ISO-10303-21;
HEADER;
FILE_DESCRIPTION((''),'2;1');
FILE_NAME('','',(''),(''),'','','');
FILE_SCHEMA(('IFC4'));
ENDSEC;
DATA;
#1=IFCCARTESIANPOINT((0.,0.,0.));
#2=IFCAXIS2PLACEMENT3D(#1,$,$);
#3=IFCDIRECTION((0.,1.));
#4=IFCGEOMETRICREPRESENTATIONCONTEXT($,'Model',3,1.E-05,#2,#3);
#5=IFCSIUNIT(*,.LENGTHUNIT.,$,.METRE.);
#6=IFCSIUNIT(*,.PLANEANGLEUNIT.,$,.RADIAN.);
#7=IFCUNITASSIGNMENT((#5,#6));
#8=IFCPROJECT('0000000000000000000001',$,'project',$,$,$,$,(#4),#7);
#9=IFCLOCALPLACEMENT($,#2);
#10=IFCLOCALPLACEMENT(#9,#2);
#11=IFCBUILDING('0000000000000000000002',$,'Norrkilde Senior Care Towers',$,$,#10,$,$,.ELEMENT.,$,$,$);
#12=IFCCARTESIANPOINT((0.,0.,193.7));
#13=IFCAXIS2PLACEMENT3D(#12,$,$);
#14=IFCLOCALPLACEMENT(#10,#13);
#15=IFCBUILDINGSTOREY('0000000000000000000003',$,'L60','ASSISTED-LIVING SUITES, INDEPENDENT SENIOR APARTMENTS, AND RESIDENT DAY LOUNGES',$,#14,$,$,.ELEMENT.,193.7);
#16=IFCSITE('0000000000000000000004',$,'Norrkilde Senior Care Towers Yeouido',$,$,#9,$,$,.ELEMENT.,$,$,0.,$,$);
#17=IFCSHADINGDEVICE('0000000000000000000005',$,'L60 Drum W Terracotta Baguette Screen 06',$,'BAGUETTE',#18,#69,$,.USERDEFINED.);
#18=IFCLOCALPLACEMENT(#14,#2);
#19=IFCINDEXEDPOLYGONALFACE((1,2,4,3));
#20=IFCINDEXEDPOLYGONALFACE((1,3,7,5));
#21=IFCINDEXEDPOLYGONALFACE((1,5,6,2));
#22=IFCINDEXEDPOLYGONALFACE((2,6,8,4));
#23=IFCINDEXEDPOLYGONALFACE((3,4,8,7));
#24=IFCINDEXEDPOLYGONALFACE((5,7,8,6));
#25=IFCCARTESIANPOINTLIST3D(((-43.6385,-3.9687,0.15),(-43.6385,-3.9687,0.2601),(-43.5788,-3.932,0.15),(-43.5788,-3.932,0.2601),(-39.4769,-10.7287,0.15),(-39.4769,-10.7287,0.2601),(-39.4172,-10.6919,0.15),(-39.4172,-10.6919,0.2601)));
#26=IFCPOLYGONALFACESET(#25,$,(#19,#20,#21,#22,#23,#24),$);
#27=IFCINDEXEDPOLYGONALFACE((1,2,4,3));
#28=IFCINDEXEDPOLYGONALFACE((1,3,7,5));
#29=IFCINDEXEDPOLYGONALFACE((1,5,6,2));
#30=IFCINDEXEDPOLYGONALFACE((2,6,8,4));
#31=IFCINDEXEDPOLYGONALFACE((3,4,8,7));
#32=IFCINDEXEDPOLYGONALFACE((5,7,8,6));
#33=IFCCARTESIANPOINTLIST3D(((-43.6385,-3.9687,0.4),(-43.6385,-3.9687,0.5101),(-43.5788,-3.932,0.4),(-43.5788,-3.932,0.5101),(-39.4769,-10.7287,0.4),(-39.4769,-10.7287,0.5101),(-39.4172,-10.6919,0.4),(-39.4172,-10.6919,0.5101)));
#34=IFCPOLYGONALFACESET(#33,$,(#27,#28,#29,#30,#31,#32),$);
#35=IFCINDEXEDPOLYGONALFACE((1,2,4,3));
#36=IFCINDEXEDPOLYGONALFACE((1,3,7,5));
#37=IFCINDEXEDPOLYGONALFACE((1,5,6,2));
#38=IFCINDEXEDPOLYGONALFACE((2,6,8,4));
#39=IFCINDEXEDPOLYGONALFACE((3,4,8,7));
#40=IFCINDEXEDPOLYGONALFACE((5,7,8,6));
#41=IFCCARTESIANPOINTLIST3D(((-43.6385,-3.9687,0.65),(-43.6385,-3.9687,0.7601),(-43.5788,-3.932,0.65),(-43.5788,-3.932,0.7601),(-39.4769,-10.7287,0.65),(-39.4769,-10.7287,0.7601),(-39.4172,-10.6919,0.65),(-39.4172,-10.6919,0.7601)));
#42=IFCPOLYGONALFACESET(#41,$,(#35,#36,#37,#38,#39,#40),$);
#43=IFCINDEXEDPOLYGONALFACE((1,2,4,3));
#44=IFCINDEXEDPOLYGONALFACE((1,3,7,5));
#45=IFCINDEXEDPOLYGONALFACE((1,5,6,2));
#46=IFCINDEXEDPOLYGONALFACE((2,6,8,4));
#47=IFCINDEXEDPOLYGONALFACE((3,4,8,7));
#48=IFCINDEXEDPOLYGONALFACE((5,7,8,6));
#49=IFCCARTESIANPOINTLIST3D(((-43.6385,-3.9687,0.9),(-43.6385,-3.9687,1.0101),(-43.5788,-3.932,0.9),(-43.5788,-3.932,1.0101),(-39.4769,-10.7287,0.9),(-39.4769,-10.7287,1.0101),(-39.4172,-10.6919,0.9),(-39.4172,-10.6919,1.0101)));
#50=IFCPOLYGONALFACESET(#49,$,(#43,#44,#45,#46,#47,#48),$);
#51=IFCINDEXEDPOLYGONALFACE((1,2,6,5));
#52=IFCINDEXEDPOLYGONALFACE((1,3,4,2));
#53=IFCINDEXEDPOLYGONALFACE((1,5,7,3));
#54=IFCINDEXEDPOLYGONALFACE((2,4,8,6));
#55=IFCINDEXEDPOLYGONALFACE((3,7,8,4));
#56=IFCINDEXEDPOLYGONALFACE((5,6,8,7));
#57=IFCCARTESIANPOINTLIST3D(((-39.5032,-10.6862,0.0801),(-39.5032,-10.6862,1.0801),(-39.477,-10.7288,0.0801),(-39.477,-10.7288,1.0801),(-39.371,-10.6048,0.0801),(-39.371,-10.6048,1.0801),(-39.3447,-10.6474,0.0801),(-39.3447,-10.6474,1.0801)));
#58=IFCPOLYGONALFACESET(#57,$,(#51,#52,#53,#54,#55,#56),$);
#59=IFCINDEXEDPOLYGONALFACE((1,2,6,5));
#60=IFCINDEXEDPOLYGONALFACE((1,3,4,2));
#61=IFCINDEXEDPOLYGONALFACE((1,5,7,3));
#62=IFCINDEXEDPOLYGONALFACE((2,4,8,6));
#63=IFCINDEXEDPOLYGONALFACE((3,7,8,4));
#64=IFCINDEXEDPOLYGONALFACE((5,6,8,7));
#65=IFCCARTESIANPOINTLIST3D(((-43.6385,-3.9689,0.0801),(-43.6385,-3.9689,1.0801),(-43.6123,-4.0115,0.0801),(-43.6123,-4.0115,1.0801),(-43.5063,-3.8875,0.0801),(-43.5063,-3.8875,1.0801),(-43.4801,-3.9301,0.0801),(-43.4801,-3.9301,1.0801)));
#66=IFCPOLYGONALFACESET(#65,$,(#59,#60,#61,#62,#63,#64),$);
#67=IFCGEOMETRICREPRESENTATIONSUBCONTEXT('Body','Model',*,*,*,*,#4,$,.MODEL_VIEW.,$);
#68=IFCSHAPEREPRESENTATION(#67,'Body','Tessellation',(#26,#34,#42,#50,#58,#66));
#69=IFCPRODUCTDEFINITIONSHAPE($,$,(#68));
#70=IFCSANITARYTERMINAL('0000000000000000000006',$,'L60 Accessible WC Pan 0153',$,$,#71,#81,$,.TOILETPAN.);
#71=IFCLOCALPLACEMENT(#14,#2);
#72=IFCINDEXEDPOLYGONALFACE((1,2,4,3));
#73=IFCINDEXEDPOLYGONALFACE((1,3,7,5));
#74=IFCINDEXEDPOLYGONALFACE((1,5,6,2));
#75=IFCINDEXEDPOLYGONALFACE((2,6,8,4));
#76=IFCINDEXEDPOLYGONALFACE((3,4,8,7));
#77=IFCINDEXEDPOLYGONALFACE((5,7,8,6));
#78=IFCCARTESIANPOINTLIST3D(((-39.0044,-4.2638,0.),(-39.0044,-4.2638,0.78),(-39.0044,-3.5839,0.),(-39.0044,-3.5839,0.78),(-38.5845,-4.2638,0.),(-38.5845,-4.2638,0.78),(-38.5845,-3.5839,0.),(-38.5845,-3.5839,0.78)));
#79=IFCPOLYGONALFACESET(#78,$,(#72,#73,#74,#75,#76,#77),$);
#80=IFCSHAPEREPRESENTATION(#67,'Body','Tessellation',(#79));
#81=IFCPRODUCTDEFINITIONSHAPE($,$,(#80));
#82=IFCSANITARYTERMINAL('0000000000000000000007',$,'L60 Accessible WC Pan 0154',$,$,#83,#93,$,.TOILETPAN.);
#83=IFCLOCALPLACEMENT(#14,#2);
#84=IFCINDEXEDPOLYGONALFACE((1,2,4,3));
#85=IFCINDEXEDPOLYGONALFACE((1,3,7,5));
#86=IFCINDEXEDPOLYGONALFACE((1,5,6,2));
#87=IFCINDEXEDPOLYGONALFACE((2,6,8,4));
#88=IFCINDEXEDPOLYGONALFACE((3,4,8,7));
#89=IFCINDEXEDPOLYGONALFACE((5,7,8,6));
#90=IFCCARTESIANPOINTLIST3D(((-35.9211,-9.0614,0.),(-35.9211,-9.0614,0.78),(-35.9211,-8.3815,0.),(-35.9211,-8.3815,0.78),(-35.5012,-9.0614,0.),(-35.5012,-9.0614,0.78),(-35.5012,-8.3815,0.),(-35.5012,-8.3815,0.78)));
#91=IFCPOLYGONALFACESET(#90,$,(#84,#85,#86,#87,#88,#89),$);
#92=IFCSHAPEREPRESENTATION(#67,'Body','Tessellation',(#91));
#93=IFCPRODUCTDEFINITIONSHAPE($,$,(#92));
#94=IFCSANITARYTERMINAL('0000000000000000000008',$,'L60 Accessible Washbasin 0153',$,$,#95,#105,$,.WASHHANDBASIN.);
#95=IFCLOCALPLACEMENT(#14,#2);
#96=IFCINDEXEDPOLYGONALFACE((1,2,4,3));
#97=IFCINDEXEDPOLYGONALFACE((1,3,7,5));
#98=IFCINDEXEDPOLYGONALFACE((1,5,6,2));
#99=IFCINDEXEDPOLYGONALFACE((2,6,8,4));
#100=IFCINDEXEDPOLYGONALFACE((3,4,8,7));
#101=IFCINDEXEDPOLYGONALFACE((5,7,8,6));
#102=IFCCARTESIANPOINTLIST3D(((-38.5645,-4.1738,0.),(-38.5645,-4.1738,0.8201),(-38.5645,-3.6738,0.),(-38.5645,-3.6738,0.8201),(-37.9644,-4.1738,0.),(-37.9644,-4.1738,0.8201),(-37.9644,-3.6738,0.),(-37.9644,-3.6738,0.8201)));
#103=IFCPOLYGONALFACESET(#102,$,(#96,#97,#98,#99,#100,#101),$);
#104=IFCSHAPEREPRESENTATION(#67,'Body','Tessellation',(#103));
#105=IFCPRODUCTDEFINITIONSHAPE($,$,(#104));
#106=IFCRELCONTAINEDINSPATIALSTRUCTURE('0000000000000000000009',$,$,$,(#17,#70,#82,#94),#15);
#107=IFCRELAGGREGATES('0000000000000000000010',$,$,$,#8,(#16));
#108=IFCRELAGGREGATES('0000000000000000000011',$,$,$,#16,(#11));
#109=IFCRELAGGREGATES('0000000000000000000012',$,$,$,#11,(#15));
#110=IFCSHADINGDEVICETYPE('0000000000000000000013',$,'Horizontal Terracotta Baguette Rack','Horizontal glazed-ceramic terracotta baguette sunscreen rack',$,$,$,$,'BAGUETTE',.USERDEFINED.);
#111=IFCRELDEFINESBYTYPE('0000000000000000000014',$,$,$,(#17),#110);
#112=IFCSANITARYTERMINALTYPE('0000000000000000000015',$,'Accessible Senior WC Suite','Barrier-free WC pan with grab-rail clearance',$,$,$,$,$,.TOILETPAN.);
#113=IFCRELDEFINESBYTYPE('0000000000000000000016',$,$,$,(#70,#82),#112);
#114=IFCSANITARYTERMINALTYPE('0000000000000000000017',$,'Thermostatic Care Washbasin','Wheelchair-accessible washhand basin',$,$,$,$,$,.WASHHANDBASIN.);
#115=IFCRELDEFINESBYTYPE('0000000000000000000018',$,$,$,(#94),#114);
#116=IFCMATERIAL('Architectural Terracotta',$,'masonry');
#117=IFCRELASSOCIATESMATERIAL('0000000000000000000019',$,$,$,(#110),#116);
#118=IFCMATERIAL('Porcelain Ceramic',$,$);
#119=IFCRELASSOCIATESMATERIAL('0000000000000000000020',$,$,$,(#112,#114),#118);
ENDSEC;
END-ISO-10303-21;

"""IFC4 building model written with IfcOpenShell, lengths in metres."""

from ifc_helpers import new_model, si_unit, direction, frame, origin, origin_2d, place, context, subcontext, project, spatial, rectangle, extrude, source, transform, mapped, material, type_object, type_shapes, element, save


model = new_model("IFC4")

# Units and contexts
model_context = context("Model", 3, precision=1e-05, world=origin(), true_north=direction((0.0, 1.0)))
body_context = subcontext(model_context, "Body", "Model", "MODEL_VIEW")
ifc_project = project(units=[si_unit("LENGTHUNIT", "METRE"), si_unit("PLANEANGLEUNIT", "RADIAN")], contexts=[model_context])

# Site, building, storey
site_placement = place(None, origin())
site = spatial("IfcSite", under=ifc_project, at=site_placement, Name="Norrkilde Senior Care Towers Yeouido", CompositionType="ELEMENT", RefElevation=0.0)
building_placement = place(site_placement, origin())
building = spatial("IfcBuilding", under=site, at=building_placement, Name="Norrkilde Senior Care Towers", CompositionType="ELEMENT")
storey_placement = place(building_placement, frame((0.0, 0.0, 193.7)))
storey = spatial("IfcBuildingStorey", under=building, at=storey_placement, Name="L60", Description="ASSISTED-LIVING SUITES, INDEPENDENT SENIOR APARTMENTS, AND RESIDENT DAY LOUNGES", CompositionType="ELEMENT", Elevation=193.7)

# Shading device
ifc_material_1 = material(Name="Architectural Terracotta", Category="masonry")
shading_device_type = type_object("IfcShadingDeviceType", Name="Horizontal Terracotta Baguette Rack", Description="Horizontal glazed-ceramic terracotta baguette sunscreen rack", ElementType="BAGUETTE", PredefinedType="USERDEFINED", material=ifc_material_1)
shared_shape_1 = source(origin(), body_context, "Body", "SweptSolid", [
    extrude(rectangle(XDim=0.0701, YDim=0.1101, at=origin_2d()), frame((0.0, 0.0901, 0.125), z_axis=(1.0, 0.0, 0.0), x_axis=(0.0, 1.0, 0.0)), (0.0, 0.0, 1.0), 7.9382),
    extrude(rectangle(XDim=0.0701, YDim=0.1101, at=origin_2d()), frame((0.0, 0.0901, 0.375), z_axis=(1.0, 0.0, 0.0), x_axis=(0.0, 1.0, 0.0)), (0.0, 0.0, 1.0), 7.9382),
    extrude(rectangle(XDim=0.0701, YDim=0.1101, at=origin_2d()), frame((0.0, 0.0901, 0.625), z_axis=(1.0, 0.0, 0.0), x_axis=(0.0, 1.0, 0.0)), (0.0, 0.0, 1.0), 7.9382),
    extrude(rectangle(XDim=0.0701, YDim=0.1101, at=origin_2d()), frame((0.0, 0.0901, 0.875), z_axis=(1.0, 0.0, 0.0), x_axis=(0.0, 1.0, 0.0)), (0.0, 0.0, 1.0), 7.9382),
    extrude(rectangle(XDim=0.05, YDim=0.1553, at=origin_2d()), frame((0.0249, 0.0476, 0.0)), (0.0, 0.0, 1.0), 1.0),
    extrude(rectangle(XDim=0.05, YDim=0.1553, at=origin_2d()), frame((7.9131, 0.0476, 0.0)), (0.0, 0.0, 1.0), 1.0),
])
type_shapes(shading_device_type, [shared_shape_1])
shading_device_placement = place(storey_placement, frame((-39.3704, -10.6631, 0.0801), z_axis=(0.0, 0.0, 1.0), x_axis=(-0.52425, 0.851576, 0.0)))
element("IfcShadingDevice", 1, at=shading_device_placement, inside=storey, type_object=shading_device_type, Name="L60 Drum W Terracotta Baguette Screen 06", ObjectType="BAGUETTE", PredefinedType="USERDEFINED", context=body_context, shape_type="MappedRepresentation", body=[
    mapped(shared_shape_1, transform((0.0, 0.0, 0.0), x_axis=(1.0, 0.0, 0.0), y_axis=(0.0, 1.0, 0.0), z_axis=(0.0, 0.0, 1.0), scale=1.0)),
])

# Sanitary terminals
ifc_material_2 = material(Name="Porcelain Ceramic")
sanitary_terminal_type_1 = type_object("IfcSanitaryTerminalType", Name="Accessible Senior WC Suite", Description="Barrier-free WC pan with grab-rail clearance", PredefinedType="TOILETPAN", material=ifc_material_2)
shared_shape_2 = source(origin(), body_context, "Body", "SweptSolid", [
    extrude(rectangle(XDim=0.4199, YDim=0.6799, at=origin_2d()), origin(), (0.0, 0.0, 1.0), 0.78),
])
type_shapes(sanitary_terminal_type_1, [shared_shape_2])
for number, where, z_axis, x_axis, name in (
    (2, (-38.7944, -3.9238, 0.0), (0.0, 0.0, 1.0), (1.0, 0.0, 0.0), "L60 Accessible WC Pan 0153"),
    (3, (-35.7112, -8.7214, 0.0), (0.0, 0.0, 1.0), (1.0, 0.0, 0.0), "L60 Accessible WC Pan 0154"),
):
    element("IfcSanitaryTerminal", number, at=place(storey_placement, frame(where, z_axis=z_axis, x_axis=x_axis)), inside=storey, type_object=sanitary_terminal_type_1, Name=name, PredefinedType="TOILETPAN", context=body_context, shape_type="MappedRepresentation", body=[
        mapped(shared_shape_2, transform((0.0, 0.0, 0.0), x_axis=(1.0, 0.0, 0.0), y_axis=(0.0, 1.0, 0.0), z_axis=(0.0, 0.0, 1.0), scale=1.0)),
    ])
sanitary_terminal_type_2 = type_object("IfcSanitaryTerminalType", Name="Thermostatic Care Washbasin", Description="Wheelchair-accessible washhand basin", PredefinedType="WASHHANDBASIN", material=ifc_material_2)
shared_shape_3 = source(origin(), body_context, "Body", "SweptSolid", [
    extrude(rectangle(XDim=0.6001, YDim=0.5, at=origin_2d()), origin(), (0.0, 0.0, 1.0), 0.8201),
])
type_shapes(sanitary_terminal_type_2, [shared_shape_3])
sanitary_terminal_placement = place(storey_placement, frame((-38.2644, -3.9238, 0.0), z_axis=(0.0, 0.0, 1.0), x_axis=(1.0, 0.0, 0.0)))
element("IfcSanitaryTerminal", 4, at=sanitary_terminal_placement, inside=storey, type_object=sanitary_terminal_type_2, Name="L60 Accessible Washbasin 0153", PredefinedType="WASHHANDBASIN", context=body_context, shape_type="MappedRepresentation", body=[
    mapped(shared_shape_3, transform((0.0, 0.0, 0.0), x_axis=(1.0, 0.0, 0.0), y_axis=(0.0, 1.0, 0.0), z_axis=(0.0, 0.0, 1.0), scale=1.0)),
])

save(model, "model.ifc")
